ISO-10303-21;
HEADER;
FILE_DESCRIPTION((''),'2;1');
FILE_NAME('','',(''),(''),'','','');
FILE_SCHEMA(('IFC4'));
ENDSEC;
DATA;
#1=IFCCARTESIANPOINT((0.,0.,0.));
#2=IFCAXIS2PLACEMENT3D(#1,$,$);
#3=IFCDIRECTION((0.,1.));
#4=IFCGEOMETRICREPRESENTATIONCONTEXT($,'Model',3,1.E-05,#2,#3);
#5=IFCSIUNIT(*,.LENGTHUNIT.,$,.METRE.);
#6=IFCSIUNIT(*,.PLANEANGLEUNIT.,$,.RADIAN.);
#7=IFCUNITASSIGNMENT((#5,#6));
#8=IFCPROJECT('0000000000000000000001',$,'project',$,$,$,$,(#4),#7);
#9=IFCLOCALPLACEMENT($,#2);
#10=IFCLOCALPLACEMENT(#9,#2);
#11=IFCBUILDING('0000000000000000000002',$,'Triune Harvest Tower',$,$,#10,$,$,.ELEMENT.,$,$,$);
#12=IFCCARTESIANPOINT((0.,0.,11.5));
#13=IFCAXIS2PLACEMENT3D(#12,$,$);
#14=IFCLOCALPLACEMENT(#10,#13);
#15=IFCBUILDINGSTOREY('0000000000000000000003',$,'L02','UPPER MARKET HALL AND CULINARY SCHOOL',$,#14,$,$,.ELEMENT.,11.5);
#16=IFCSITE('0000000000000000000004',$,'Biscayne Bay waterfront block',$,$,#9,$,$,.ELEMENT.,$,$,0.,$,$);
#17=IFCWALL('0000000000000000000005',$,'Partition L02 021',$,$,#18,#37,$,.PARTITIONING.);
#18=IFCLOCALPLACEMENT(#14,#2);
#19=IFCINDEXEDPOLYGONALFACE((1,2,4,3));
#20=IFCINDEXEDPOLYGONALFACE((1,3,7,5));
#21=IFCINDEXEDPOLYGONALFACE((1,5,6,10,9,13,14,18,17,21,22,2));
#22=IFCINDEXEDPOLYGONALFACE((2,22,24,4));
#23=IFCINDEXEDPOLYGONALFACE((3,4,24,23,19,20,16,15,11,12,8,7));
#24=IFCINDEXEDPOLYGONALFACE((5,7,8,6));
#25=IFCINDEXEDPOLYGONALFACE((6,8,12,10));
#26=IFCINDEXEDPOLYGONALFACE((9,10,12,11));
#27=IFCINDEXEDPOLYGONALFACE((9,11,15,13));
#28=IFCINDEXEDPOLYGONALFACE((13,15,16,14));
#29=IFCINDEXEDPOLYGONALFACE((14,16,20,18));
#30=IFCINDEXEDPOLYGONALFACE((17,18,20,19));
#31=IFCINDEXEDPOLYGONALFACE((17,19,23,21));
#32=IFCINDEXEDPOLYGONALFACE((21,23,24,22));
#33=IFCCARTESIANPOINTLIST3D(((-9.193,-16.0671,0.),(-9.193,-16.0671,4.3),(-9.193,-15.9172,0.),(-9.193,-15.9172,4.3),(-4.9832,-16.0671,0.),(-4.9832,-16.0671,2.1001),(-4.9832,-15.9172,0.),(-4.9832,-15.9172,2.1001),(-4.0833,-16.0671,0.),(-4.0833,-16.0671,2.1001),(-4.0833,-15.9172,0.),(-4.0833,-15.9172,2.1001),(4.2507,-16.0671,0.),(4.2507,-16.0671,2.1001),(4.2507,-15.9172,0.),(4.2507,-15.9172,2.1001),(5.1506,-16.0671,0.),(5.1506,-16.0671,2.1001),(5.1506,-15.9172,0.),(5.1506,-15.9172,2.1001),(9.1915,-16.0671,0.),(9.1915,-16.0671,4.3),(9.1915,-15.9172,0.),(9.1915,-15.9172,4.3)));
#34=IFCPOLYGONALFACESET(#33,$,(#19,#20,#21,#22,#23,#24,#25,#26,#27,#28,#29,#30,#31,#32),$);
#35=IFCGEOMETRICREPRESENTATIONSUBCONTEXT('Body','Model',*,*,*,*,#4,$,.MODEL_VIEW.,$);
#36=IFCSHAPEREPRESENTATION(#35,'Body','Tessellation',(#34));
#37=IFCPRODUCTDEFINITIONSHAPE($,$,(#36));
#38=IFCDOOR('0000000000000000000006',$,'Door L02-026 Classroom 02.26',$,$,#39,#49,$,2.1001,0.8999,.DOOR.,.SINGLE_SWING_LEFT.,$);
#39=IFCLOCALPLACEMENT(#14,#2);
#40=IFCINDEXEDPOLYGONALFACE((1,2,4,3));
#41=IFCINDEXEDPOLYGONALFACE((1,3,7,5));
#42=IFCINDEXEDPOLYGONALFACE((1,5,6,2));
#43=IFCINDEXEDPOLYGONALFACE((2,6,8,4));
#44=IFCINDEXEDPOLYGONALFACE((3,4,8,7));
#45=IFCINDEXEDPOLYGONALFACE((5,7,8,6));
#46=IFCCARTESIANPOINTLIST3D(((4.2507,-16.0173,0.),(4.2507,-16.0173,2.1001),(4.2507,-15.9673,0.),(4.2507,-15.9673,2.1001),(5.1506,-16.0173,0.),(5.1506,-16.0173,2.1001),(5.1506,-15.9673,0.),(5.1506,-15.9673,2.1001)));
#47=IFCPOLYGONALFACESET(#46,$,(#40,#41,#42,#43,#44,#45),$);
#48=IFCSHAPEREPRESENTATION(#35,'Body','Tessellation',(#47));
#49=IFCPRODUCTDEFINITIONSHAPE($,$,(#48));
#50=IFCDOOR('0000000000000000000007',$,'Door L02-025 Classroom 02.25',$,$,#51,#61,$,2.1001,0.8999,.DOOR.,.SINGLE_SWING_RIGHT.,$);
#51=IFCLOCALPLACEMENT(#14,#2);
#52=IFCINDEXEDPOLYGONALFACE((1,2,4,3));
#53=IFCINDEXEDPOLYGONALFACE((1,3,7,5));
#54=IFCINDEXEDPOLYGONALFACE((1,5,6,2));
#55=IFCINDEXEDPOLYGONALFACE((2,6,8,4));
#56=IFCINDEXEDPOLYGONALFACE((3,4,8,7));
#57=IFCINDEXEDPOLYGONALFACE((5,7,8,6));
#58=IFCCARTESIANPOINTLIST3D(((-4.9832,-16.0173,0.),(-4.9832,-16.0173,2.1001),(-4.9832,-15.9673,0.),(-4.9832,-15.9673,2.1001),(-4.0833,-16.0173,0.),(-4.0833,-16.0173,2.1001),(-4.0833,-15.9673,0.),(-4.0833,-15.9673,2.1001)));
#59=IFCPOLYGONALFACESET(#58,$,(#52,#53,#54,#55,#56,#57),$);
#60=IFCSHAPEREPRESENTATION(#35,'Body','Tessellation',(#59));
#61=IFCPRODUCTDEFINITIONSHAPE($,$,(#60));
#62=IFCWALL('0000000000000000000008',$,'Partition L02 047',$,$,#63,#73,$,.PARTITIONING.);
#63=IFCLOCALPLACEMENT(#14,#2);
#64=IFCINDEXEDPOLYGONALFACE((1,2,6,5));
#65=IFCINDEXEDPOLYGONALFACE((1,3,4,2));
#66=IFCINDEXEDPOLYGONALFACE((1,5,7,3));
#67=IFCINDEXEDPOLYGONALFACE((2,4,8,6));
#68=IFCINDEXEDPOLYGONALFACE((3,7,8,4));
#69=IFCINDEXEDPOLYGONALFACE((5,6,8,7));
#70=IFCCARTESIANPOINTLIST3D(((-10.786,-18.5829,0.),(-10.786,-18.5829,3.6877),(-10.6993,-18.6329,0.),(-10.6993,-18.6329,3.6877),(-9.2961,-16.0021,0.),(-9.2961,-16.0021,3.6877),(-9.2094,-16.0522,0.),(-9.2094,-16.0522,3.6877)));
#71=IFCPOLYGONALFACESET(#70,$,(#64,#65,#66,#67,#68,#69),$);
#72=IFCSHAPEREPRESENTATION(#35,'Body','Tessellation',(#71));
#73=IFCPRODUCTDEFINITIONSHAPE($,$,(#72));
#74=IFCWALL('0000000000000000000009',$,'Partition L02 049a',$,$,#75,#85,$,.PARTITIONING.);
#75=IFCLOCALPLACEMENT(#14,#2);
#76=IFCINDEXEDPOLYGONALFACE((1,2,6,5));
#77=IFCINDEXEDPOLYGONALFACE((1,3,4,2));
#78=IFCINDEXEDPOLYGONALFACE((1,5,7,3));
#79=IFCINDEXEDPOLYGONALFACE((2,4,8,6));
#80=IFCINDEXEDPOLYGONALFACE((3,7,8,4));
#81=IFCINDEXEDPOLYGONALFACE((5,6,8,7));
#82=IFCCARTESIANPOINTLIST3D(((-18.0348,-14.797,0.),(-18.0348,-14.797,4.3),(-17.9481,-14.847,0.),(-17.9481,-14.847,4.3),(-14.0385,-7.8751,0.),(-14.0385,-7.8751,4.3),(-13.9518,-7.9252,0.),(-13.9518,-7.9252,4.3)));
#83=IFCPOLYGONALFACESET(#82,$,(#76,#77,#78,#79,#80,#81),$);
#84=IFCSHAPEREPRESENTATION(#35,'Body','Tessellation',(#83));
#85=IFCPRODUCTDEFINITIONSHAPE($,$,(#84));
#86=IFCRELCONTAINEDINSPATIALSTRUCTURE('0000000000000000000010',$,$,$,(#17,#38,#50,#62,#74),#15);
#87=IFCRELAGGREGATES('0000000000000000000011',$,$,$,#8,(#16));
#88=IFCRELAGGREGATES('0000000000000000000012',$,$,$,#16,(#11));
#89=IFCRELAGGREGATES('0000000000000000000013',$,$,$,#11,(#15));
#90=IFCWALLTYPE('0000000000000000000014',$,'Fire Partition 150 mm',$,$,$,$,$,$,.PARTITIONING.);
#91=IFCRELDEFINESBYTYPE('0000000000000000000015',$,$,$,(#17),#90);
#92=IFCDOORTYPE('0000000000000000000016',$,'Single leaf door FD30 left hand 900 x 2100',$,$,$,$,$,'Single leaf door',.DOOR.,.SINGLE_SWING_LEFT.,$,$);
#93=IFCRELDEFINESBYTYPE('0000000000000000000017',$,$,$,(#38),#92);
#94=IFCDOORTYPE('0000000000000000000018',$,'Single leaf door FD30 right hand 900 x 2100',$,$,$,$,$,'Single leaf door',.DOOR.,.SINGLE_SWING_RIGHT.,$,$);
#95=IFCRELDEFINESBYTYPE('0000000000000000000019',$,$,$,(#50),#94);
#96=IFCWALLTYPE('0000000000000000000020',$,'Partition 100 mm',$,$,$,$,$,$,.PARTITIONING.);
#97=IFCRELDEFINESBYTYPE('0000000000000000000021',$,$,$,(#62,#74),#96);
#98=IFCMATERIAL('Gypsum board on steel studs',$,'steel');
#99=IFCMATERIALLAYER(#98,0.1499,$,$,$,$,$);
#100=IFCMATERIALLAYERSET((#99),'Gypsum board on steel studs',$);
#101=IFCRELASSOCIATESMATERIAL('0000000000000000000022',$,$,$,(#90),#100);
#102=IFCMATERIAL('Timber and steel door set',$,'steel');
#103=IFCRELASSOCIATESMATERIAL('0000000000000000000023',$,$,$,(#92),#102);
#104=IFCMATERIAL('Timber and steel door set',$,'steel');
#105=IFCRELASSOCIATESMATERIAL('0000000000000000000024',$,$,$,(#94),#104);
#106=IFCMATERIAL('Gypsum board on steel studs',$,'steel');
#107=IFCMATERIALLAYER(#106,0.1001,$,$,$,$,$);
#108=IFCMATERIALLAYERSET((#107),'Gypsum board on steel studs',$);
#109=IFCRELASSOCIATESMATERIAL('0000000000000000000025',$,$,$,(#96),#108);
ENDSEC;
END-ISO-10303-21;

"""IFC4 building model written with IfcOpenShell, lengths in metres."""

from ifc_helpers import new_model, si_unit, direction, frame, frame_2d, origin, place, context, subcontext, project, spatial, rectangle, extrude, source, transform, mapped, material, layer, layer_set, type_object, element, fill, save


model = new_model("IFC4")

# Units and contexts
model_context = context("Model", 3, precision=1e-05, world=origin(), true_north=direction((0.0, 1.0)))
body_context = subcontext(model_context, "Body", "Model", "MODEL_VIEW")
ifc_project = project(units=[si_unit("LENGTHUNIT", "METRE"), si_unit("PLANEANGLEUNIT", "RADIAN")], contexts=[model_context])

# Site, building, storey
site_placement = place(None, origin())
site = spatial("IfcSite", under=ifc_project, at=site_placement, Name="Biscayne Bay waterfront block", CompositionType="ELEMENT", RefElevation=0.0)
building_placement = place(site_placement, origin())
building = spatial("IfcBuilding", under=site, at=building_placement, Name="Triune Harvest Tower", CompositionType="ELEMENT")
storey_placement = place(building_placement, frame((0.0, 0.0, 11.5)))
storey = spatial("IfcBuildingStorey", under=building, at=storey_placement, Name="L02", Description="UPPER MARKET HALL AND CULINARY SCHOOL", CompositionType="ELEMENT", Elevation=11.5)

# Wall, openings, doors
ifc_material_1 = material(Name="Gypsum board on steel studs", Category="steel")
ifc_layer_1 = layer(ifc_material_1, 0.1499)
ifc_layer_set_1 = layer_set([ifc_layer_1], Name="Gypsum board on steel studs")
wall_type_1 = type_object("IfcWallType", Name="Fire Partition 150 mm", PredefinedType="PARTITIONING", material=ifc_layer_set_1)
wall_1_placement = place(storey_placement, frame((-9.1931, -15.9922, 0.0), z_axis=(0.0, 0.0, 1.0), x_axis=(1.0, 0.0, 0.0)))
wall_1 = element("IfcWall", 1, at=wall_1_placement, inside=storey, type_object=wall_type_1, Name="Partition L02 021", PredefinedType="PARTITIONING", context=body_context, shape_type="SweptSolid", body=[
    extrude(rectangle(XDim=18.3845, YDim=0.1499, at=frame_2d((9.1924, 0.0))), origin(), (0.0, 0.0, 1.0), 4.3),
])
opening_1_placement = place(wall_1_placement, frame((4.21, 0.0, 0.0)))
opening_1 = element("IfcOpeningElement", 2, at=opening_1_placement, cuts=wall_1, PredefinedType="OPENING", context=body_context, shape_type="SweptSolid", body=[
    extrude(rectangle(XDim=0.8999, YDim=2.1001, at=frame_2d((0.45, 1.05))), frame((0.0, 0.085, 0.0), z_axis=(0.0, -1.0, 0.0), x_axis=(1.0, 0.0, 0.0)), (0.0, 0.0, 1.0), 0.1699),
])
opening_2_placement = place(wall_1_placement, frame((13.4438, 0.0, 0.0)))
opening_2 = element("IfcOpeningElement", 3, at=opening_2_placement, cuts=wall_1, PredefinedType="OPENING", context=body_context, shape_type="SweptSolid", body=[
    extrude(rectangle(XDim=0.8999, YDim=2.1001, at=frame_2d((0.45, 1.05))), frame((0.0, 0.085, 0.0), z_axis=(0.0, -1.0, 0.0), x_axis=(1.0, 0.0, 0.0)), (0.0, 0.0, 1.0), 0.1699),
])
ifc_material_2 = material(Name="Timber and steel door set", Category="steel")
door_type_1 = type_object("IfcDoorType", Name="Single leaf door FD30 left hand 900 x 2100", ElementType="Single leaf door", OperationType="SINGLE_SWING_LEFT", PredefinedType="DOOR", material=ifc_material_2)
door_1_placement = place(opening_2_placement, origin())
door_1 = element("IfcDoor", 4, at=door_1_placement, inside=storey, type_object=door_type_1, Name="Door L02-026 Classroom 02.26", OperationType="SINGLE_SWING_LEFT", OverallHeight=2.1001, OverallWidth=0.8999, PredefinedType="DOOR", context=body_context, shape_type="SweptSolid", body=[
    extrude(rectangle(XDim=0.8999, YDim=2.1001, at=frame_2d((0.45, 1.05))), frame((0.0, 0.0249, 0.0), z_axis=(0.0, -1.0, 0.0), x_axis=(1.0, 0.0, 0.0)), (0.0, 0.0, 1.0), 0.05),
])
fill(opening_2, door_1)
ifc_material_3 = material(Name="Timber and steel door set", Category="steel")
door_type_2 = type_object("IfcDoorType", Name="Single leaf door FD30 right hand 900 x 2100", ElementType="Single leaf door", OperationType="SINGLE_SWING_RIGHT", PredefinedType="DOOR", material=ifc_material_3)
door_2_placement = place(opening_1_placement, origin())
door_2 = element("IfcDoor", 5, at=door_2_placement, inside=storey, type_object=door_type_2, Name="Door L02-025 Classroom 02.25", OperationType="SINGLE_SWING_RIGHT", OverallHeight=2.1001, OverallWidth=0.8999, PredefinedType="DOOR", context=body_context, shape_type="SweptSolid", body=[
    extrude(rectangle(XDim=0.8999, YDim=2.1001, at=frame_2d((0.45, 1.05))), frame((0.0, 0.0249, 0.0), z_axis=(0.0, -1.0, 0.0), x_axis=(1.0, 0.0, 0.0)), (0.0, 0.0, 1.0), 0.05),
])
fill(opening_1, door_2)

# Walls
ifc_material_4 = material(Name="Gypsum board on steel studs", Category="steel")
ifc_layer_2 = layer(ifc_material_4, 0.1001)
ifc_layer_set_2 = layer_set([ifc_layer_2], Name="Gypsum board on steel studs")
wall_type_2 = type_object("IfcWallType", Name="Partition 100 mm", PredefinedType="PARTITIONING", material=ifc_layer_set_2)
wall_2_placement = place(storey_placement, frame((-10.7427, -18.6079, 0.0), z_axis=(0.0, 0.0, 1.0), x_axis=(0.49999, 0.866031, 0.0)))
element("IfcWall", 6, at=wall_2_placement, inside=storey, type_object=wall_type_2, Name="Partition L02 047", PredefinedType="PARTITIONING", context=body_context, shape_type="SweptSolid", body=[
    extrude(rectangle(XDim=2.98, YDim=0.1001, at=frame_2d((1.49, 0.0))), origin(), (0.0, 0.0, 1.0), 3.6877),
])
shared_shape_1 = source(origin(), body_context, "Body", "SweptSolid", [
    extrude(rectangle(XDim=7.9927, YDim=0.1001, at=frame_2d((3.9963, 0.0))), origin(), (0.0, 0.0, 1.0), 4.3),
])
wall_3_placement = place(storey_placement, frame((-17.9915, -14.822, 0.0), z_axis=(0.0, 0.0, 1.0), x_axis=(0.499999, 0.866026, 0.0)))
element("IfcWall", 7, at=wall_3_placement, inside=storey, type_object=wall_type_2, Name="Partition L02 049a", PredefinedType="PARTITIONING", context=body_context, shape_type="MappedRepresentation", body=[
    mapped(shared_shape_1, transform((0.0, 0.0, 0.0), scale=1.0)),
])

save(model, "model.ifc")
